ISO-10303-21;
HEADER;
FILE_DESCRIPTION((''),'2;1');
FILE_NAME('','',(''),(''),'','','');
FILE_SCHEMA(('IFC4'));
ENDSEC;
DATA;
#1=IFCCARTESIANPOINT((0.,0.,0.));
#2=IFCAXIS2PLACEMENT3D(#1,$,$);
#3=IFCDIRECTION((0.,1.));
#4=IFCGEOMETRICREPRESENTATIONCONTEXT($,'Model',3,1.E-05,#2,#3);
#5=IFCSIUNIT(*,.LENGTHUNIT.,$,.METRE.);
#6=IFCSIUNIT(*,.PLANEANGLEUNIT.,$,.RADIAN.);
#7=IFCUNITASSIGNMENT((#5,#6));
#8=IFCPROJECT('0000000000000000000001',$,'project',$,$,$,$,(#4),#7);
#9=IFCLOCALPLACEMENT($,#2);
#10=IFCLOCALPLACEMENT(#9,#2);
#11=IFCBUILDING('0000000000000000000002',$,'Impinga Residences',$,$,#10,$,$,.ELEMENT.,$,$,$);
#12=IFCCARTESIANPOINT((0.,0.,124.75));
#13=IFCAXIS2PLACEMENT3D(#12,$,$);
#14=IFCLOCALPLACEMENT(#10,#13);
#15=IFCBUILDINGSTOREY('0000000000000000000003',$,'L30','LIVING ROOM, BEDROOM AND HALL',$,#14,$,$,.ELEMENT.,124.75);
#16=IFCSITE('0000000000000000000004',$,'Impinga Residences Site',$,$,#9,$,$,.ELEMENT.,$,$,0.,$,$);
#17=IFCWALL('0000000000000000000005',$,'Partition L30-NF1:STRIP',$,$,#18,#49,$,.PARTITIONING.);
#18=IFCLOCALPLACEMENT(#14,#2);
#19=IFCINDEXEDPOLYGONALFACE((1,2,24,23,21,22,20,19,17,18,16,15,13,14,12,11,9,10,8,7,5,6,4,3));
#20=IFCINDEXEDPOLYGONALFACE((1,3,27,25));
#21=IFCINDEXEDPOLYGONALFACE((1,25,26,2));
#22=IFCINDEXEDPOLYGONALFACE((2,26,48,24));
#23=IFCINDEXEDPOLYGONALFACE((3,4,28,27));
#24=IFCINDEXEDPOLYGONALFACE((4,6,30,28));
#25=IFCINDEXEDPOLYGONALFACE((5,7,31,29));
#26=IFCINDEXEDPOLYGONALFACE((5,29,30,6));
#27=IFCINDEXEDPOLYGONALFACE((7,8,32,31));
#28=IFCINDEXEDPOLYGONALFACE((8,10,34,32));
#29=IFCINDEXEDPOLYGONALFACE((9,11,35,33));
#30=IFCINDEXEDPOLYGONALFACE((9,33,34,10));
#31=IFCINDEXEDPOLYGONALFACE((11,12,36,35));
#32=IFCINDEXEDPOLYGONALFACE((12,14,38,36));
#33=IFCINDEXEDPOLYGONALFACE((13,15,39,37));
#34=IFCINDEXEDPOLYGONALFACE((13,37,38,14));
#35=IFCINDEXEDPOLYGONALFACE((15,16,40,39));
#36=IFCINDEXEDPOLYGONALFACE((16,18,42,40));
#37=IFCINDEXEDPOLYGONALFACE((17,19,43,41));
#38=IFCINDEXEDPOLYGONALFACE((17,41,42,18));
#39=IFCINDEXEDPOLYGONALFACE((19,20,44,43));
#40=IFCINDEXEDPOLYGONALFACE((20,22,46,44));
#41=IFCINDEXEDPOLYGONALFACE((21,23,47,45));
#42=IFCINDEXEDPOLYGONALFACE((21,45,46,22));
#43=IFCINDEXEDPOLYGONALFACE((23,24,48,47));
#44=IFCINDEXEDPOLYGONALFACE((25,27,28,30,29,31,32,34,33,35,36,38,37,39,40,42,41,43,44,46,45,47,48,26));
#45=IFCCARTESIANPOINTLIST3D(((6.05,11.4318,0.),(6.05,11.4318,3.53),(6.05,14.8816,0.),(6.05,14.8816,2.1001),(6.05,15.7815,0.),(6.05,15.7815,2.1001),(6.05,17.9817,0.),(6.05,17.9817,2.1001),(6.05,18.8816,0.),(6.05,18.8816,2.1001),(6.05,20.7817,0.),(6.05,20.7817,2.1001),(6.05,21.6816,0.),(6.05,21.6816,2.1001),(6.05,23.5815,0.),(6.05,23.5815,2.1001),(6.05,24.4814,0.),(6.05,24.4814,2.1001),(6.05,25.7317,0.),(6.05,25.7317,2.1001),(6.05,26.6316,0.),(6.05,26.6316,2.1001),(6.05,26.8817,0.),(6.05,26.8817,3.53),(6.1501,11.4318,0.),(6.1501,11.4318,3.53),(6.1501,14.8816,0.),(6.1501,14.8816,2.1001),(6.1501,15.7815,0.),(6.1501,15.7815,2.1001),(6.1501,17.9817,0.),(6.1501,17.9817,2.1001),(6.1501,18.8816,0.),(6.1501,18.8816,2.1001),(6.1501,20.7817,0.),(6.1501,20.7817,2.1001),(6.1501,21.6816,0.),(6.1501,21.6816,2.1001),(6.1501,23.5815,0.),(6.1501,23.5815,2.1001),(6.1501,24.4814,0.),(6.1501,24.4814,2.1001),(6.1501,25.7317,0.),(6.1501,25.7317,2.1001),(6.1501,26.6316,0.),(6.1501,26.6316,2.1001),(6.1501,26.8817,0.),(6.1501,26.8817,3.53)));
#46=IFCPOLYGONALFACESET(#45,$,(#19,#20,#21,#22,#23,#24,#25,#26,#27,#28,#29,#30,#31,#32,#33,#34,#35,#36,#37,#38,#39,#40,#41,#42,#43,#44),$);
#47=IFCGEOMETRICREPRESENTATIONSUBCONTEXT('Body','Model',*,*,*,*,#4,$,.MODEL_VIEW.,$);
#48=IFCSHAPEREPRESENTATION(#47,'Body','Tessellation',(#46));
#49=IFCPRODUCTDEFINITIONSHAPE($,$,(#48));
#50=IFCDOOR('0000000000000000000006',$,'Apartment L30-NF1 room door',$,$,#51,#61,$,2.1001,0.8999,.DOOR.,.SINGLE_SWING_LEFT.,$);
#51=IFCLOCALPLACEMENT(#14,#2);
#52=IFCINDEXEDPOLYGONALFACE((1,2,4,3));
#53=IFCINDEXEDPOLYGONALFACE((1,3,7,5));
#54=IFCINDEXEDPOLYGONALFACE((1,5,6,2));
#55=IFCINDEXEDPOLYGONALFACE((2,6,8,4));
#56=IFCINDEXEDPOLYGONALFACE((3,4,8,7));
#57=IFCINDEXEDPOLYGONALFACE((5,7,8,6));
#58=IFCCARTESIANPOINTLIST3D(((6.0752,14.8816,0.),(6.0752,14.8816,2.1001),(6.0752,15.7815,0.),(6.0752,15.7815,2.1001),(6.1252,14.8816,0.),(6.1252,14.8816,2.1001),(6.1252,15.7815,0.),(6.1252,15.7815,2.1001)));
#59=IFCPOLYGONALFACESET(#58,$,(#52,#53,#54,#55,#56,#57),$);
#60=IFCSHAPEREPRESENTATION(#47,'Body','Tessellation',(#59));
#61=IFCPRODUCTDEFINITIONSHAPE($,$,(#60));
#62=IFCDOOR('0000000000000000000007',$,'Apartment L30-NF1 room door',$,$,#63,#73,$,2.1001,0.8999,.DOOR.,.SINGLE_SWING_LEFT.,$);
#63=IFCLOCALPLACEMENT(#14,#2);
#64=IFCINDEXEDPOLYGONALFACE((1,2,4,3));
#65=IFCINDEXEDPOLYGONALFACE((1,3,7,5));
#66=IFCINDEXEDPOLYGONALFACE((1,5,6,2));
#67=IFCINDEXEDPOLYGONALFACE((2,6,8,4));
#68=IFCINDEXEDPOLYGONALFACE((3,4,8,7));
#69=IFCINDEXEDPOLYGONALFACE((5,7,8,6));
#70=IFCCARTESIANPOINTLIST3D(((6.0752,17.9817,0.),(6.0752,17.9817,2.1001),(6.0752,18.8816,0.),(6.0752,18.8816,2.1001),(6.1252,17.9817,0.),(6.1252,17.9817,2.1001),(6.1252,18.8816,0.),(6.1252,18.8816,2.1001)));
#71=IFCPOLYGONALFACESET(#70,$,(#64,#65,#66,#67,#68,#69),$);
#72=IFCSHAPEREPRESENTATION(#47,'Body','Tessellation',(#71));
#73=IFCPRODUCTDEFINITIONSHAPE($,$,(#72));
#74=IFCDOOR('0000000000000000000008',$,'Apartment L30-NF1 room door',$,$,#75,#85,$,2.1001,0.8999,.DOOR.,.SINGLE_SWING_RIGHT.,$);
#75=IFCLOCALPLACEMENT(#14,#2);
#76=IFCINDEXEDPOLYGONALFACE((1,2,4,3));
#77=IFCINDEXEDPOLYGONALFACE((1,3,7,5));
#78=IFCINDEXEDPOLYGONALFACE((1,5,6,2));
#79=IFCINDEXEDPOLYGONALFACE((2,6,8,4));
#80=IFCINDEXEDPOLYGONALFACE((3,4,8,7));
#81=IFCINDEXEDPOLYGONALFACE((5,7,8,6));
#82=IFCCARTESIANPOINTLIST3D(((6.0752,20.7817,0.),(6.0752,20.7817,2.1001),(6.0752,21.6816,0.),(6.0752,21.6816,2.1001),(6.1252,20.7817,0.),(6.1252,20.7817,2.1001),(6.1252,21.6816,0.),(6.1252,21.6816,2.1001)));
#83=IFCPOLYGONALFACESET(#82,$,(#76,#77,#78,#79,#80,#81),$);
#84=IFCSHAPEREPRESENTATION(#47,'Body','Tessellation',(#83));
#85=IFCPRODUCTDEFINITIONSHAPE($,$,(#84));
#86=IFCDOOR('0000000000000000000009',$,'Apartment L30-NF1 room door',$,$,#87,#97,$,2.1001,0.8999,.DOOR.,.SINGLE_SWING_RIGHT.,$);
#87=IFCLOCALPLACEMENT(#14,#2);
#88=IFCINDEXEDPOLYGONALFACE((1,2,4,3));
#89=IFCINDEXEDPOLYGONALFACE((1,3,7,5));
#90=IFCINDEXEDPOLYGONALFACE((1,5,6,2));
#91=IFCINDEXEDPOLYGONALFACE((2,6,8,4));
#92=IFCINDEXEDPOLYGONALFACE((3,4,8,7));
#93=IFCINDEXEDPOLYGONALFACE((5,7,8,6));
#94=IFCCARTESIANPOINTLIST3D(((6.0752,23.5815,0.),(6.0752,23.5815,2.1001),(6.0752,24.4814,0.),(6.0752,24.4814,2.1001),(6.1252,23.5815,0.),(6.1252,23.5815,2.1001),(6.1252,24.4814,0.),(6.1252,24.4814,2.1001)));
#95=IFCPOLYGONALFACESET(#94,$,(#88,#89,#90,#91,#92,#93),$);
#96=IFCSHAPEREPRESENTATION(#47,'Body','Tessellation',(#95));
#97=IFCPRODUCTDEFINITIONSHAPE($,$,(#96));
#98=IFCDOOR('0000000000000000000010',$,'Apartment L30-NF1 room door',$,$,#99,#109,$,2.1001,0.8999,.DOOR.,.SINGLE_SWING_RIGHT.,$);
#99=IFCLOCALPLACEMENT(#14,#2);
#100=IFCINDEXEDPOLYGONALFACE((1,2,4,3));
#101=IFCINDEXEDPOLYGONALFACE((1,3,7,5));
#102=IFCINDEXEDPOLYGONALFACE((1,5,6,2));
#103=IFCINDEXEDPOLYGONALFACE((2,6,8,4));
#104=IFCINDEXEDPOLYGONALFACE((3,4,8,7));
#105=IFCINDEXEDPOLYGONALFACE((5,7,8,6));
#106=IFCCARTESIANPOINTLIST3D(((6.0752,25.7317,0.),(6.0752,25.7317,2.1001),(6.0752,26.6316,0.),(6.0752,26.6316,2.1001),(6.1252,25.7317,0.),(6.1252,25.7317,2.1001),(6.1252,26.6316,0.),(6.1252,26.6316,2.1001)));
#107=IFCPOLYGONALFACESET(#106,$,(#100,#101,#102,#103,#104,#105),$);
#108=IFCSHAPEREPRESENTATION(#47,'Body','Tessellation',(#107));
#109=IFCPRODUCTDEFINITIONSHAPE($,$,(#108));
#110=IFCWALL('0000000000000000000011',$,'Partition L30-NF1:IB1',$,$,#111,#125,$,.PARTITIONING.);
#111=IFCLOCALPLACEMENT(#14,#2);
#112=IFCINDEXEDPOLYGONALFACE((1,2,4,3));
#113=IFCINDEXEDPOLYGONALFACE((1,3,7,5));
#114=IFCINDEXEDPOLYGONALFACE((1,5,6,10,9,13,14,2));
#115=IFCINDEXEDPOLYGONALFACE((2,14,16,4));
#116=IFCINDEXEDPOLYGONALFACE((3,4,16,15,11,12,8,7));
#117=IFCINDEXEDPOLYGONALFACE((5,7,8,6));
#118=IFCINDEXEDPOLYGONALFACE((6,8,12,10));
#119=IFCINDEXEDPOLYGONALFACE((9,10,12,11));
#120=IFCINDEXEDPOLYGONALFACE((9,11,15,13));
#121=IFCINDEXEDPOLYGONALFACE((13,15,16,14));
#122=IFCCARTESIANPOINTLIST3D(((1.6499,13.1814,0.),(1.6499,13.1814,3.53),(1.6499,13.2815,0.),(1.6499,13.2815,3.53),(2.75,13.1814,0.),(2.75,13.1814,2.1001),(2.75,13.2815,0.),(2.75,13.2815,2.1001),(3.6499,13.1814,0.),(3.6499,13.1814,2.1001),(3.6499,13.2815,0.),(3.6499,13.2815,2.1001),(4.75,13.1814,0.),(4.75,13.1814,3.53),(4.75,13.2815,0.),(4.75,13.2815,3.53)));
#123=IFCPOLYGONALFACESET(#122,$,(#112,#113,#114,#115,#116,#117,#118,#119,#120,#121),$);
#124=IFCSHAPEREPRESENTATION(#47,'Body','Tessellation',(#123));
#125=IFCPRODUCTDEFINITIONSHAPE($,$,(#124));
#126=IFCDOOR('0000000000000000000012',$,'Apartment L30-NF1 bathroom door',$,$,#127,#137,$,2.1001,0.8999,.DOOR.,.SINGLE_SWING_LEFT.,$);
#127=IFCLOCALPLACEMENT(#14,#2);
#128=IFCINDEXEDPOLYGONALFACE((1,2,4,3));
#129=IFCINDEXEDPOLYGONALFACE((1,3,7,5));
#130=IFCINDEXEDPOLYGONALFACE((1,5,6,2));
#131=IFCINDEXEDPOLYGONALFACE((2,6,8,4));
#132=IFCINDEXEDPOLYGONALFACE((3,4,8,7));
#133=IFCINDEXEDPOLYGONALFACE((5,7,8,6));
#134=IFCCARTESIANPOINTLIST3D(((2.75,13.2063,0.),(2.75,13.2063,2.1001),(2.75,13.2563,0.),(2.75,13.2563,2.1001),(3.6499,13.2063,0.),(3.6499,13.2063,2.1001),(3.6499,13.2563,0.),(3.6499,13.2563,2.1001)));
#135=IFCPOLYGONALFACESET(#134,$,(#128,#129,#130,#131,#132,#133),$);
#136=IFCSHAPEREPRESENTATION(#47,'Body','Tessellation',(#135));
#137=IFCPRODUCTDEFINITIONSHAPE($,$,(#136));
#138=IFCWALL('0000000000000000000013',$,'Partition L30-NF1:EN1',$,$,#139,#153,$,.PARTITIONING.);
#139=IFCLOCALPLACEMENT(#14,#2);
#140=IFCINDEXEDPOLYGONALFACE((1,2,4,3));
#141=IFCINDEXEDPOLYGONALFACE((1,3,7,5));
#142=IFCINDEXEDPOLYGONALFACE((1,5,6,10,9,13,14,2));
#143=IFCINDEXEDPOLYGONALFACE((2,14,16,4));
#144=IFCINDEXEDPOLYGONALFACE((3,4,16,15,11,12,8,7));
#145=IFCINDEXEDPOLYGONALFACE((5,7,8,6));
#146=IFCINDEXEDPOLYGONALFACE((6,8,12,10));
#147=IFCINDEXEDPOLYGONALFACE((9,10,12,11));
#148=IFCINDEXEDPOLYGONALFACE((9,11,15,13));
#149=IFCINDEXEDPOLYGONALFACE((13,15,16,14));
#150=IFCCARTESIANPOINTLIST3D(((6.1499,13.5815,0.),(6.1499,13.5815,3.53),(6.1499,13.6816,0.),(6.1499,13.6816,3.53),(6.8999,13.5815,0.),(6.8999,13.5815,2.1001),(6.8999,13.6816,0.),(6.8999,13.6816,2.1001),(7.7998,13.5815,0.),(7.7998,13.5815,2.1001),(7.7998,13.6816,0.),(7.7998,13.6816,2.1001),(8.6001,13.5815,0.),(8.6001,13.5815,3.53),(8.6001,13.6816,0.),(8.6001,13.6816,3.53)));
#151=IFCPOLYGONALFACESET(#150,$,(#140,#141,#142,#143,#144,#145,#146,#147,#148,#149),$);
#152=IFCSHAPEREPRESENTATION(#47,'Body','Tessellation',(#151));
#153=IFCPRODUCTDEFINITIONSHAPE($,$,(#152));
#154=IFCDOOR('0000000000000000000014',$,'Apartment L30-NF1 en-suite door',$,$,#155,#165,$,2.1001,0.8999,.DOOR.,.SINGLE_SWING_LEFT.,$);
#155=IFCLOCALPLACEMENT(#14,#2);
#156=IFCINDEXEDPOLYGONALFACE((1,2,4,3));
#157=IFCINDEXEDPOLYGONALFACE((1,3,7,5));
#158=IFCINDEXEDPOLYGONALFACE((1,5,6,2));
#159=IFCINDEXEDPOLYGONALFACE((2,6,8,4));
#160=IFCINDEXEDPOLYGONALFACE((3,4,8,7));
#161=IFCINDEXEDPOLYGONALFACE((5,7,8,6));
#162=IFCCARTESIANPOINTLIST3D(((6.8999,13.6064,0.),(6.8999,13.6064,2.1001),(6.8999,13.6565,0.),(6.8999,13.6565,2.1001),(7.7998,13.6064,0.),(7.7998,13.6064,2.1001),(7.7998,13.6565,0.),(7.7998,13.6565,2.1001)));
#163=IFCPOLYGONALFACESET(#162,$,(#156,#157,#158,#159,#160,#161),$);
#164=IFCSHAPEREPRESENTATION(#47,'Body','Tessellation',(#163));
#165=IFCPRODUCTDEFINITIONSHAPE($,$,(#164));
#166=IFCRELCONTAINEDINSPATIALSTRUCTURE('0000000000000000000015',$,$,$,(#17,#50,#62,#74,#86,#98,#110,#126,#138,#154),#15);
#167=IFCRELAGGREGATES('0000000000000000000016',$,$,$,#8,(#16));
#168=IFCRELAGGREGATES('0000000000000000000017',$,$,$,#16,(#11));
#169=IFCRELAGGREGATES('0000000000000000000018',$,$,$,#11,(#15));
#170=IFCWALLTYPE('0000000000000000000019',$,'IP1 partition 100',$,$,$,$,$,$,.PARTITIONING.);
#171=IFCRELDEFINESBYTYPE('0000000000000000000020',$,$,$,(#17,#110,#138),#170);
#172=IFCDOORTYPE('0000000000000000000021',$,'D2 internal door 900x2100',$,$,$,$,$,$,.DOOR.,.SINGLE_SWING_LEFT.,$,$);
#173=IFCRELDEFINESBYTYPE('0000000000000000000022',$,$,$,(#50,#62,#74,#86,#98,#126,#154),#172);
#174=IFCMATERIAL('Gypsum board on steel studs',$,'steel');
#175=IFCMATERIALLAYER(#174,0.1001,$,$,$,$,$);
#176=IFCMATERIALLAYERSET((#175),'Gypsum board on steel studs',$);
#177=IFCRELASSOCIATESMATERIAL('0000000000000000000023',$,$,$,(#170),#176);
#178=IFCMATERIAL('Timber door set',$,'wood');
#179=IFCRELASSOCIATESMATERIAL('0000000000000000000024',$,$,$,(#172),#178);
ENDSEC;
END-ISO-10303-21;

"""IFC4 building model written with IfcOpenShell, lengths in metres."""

from ifc_helpers import new_model, si_unit, direction, frame, frame_2d, origin, place, context, subcontext, project, spatial, rectangle, extrude, material, layer, layer_set, type_object, element, fill, save


model = new_model("IFC4")

# Units and contexts
model_context = context("Model", 3, precision=1e-05, world=origin(), true_north=direction((0.0, 1.0)))
body_context = subcontext(model_context, "Body", "Model", "MODEL_VIEW")
ifc_project = project(units=[si_unit("LENGTHUNIT", "METRE"), si_unit("PLANEANGLEUNIT", "RADIAN")], contexts=[model_context])

# Site, building, storey
site_placement = place(None, origin())
site = spatial("IfcSite", under=ifc_project, at=site_placement, Name="Impinga Residences Site", CompositionType="ELEMENT", RefElevation=0.0)
building_placement = place(site_placement, origin())
building = spatial("IfcBuilding", under=site, at=building_placement, Name="Impinga Residences", CompositionType="ELEMENT")
storey_placement = place(building_placement, frame((0.0, 0.0, 124.75)))
storey = spatial("IfcBuildingStorey", under=building, at=storey_placement, Name="L30", Description="LIVING ROOM, BEDROOM AND HALL", CompositionType="ELEMENT", Elevation=124.75)

# Shared definitions
ifc_material_1 = material(Name="Timber door set", Category="wood")

# Shared definitions
ifc_material_2 = material(Name="Gypsum board on steel studs", Category="steel")
ifc_layer_1 = layer(ifc_material_2, 0.1001)
ifc_layer_set_1 = layer_set([ifc_layer_1], Name="Gypsum board on steel studs")
wall_type_1 = type_object("IfcWallType", Name="IP1 partition 100", PredefinedType="PARTITIONING", material=ifc_layer_set_1)

# Wall, openings, doors
wall_1_placement = place(storey_placement, frame((6.1001, 11.4316, 0.0), z_axis=(0.0, 0.0, 1.0), x_axis=(0.0, 1.0, 0.0)))
wall_1 = element("IfcWall", 1, at=wall_1_placement, inside=storey, type_object=wall_type_1, Name="Partition L30-NF1:STRIP", PredefinedType="PARTITIONING", context=body_context, shape_type="SweptSolid", body=[
    extrude(rectangle(XDim=15.45, YDim=0.1001, at=frame_2d((7.7251, 0.0))), origin(), (0.0, 0.0, 1.0), 3.53),
])
opening_1_placement = place(wall_1_placement, frame((3.45, 0.0, 0.0)))
opening_1 = element("IfcOpeningElement", 2, at=opening_1_placement, cuts=wall_1, PredefinedType="OPENING", context=body_context, shape_type="SweptSolid", body=[
    extrude(rectangle(XDim=0.8999, YDim=2.1001, at=frame_2d((0.45, 1.05))), frame((0.0, 0.0601, 0.0), z_axis=(0.0, -1.0, 0.0), x_axis=(1.0, 0.0, 0.0)), (0.0, 0.0, 1.0), 0.1201),
])
opening_2_placement = place(wall_1_placement, frame((6.55, 0.0, 0.0)))
opening_2 = element("IfcOpeningElement", 3, at=opening_2_placement, cuts=wall_1, PredefinedType="OPENING", context=body_context, shape_type="SweptSolid", body=[
    extrude(rectangle(XDim=0.8999, YDim=2.1001, at=frame_2d((0.45, 1.05))), frame((0.0, 0.0601, 0.0), z_axis=(0.0, -1.0, 0.0), x_axis=(1.0, 0.0, 0.0)), (0.0, 0.0, 1.0), 0.1201),
])
opening_3_placement = place(wall_1_placement, frame((9.3501, 0.0, 0.0)))
opening_3 = element("IfcOpeningElement", 4, at=opening_3_placement, cuts=wall_1, PredefinedType="OPENING", context=body_context, shape_type="SweptSolid", body=[
    extrude(rectangle(XDim=0.8999, YDim=2.1001, at=frame_2d((0.45, 1.05))), frame((0.0, 0.0601, 0.0), z_axis=(0.0, -1.0, 0.0), x_axis=(1.0, 0.0, 0.0)), (0.0, 0.0, 1.0), 0.1201),
])
opening_4_placement = place(wall_1_placement, frame((12.1499, 0.0, 0.0)))
opening_4 = element("IfcOpeningElement", 5, at=opening_4_placement, cuts=wall_1, PredefinedType="OPENING", context=body_context, shape_type="SweptSolid", body=[
    extrude(rectangle(XDim=0.8999, YDim=2.1001, at=frame_2d((0.45, 1.05))), frame((0.0, 0.0601, 0.0), z_axis=(0.0, -1.0, 0.0), x_axis=(1.0, 0.0, 0.0)), (0.0, 0.0, 1.0), 0.1201),
])
opening_5_placement = place(wall_1_placement, frame((14.3, 0.0, 0.0)))
opening_5 = element("IfcOpeningElement", 6, at=opening_5_placement, cuts=wall_1, PredefinedType="OPENING", context=body_context, shape_type="SweptSolid", body=[
    extrude(rectangle(XDim=0.8999, YDim=2.1001, at=frame_2d((0.45, 1.05))), frame((0.0, 0.0601, 0.0), z_axis=(0.0, -1.0, 0.0), x_axis=(1.0, 0.0, 0.0)), (0.0, 0.0, 1.0), 0.1201),
])
door_type_1 = type_object("IfcDoorType", Name="D2 internal door 900x2100", OperationType="SINGLE_SWING_LEFT", PredefinedType="DOOR", material=ifc_material_1)
door_1_placement = place(opening_1_placement, origin())
door_1 = element("IfcDoor", 7, at=door_1_placement, inside=storey, type_object=door_type_1, Name="Apartment L30-NF1 room door", OperationType="SINGLE_SWING_LEFT", OverallHeight=2.1001, OverallWidth=0.8999, PredefinedType="DOOR", context=body_context, shape_type="SweptSolid", body=[
    extrude(rectangle(XDim=0.8999, YDim=2.1001, at=frame_2d((0.45, 1.05))), frame((0.0, 0.0249, 0.0), z_axis=(0.0, -1.0, 0.0), x_axis=(1.0, 0.0, 0.0)), (0.0, 0.0, 1.0), 0.05),
])
fill(opening_1, door_1)
door_2_placement = place(opening_2_placement, origin())
door_2 = element("IfcDoor", 8, at=door_2_placement, inside=storey, type_object=door_type_1, Name="Apartment L30-NF1 room door", OperationType="SINGLE_SWING_LEFT", OverallHeight=2.1001, OverallWidth=0.8999, PredefinedType="DOOR", context=body_context, shape_type="SweptSolid", body=[
    extrude(rectangle(XDim=0.8999, YDim=2.1001, at=frame_2d((0.45, 1.05))), frame((0.0, 0.0249, 0.0), z_axis=(0.0, -1.0, 0.0), x_axis=(1.0, 0.0, 0.0)), (0.0, 0.0, 1.0), 0.05),
])
fill(opening_2, door_2)
door_3_placement = place(opening_3_placement, origin())
door_3 = element("IfcDoor", 9, at=door_3_placement, inside=storey, type_object=door_type_1, Name="Apartment L30-NF1 room door", OperationType="SINGLE_SWING_RIGHT", OverallHeight=2.1001, OverallWidth=0.8999, PredefinedType="DOOR", context=body_context, shape_type="SweptSolid", body=[
    extrude(rectangle(XDim=0.8999, YDim=2.1001, at=frame_2d((0.45, 1.05))), frame((0.0, 0.0249, 0.0), z_axis=(0.0, -1.0, 0.0), x_axis=(1.0, 0.0, 0.0)), (0.0, 0.0, 1.0), 0.05),
])
fill(opening_3, door_3)
door_4_placement = place(opening_4_placement, origin())
door_4 = element("IfcDoor", 10, at=door_4_placement, inside=storey, type_object=door_type_1, Name="Apartment L30-NF1 room door", OperationType="SINGLE_SWING_RIGHT", OverallHeight=2.1001, OverallWidth=0.8999, PredefinedType="DOOR", context=body_context, shape_type="SweptSolid", body=[
    extrude(rectangle(XDim=0.8999, YDim=2.1001, at=frame_2d((0.45, 1.05))), frame((0.0, 0.0249, 0.0), z_axis=(0.0, -1.0, 0.0), x_axis=(1.0, 0.0, 0.0)), (0.0, 0.0, 1.0), 0.05),
])
fill(opening_4, door_4)
door_5_placement = place(opening_5_placement, origin())
door_5 = element("IfcDoor", 11, at=door_5_placement, inside=storey, type_object=door_type_1, Name="Apartment L30-NF1 room door", OperationType="SINGLE_SWING_RIGHT", OverallHeight=2.1001, OverallWidth=0.8999, PredefinedType="DOOR", context=body_context, shape_type="SweptSolid", body=[
    extrude(rectangle(XDim=0.8999, YDim=2.1001, at=frame_2d((0.45, 1.05))), frame((0.0, 0.0249, 0.0), z_axis=(0.0, -1.0, 0.0), x_axis=(1.0, 0.0, 0.0)), (0.0, 0.0, 1.0), 0.05),
])
fill(opening_5, door_5)

# Walls, openings, doors
wall_2_placement = place(storey_placement, frame((1.6499, 13.2314, 0.0), z_axis=(0.0, 0.0, 1.0), x_axis=(1.0, 0.0, 0.0)))
wall_2 = element("IfcWall", 12, at=wall_2_placement, inside=storey, type_object=wall_type_1, Name="Partition L30-NF1:IB1", PredefinedType="PARTITIONING", context=body_context, shape_type="SweptSolid", body=[
    extrude(rectangle(XDim=3.1001, YDim=0.1001, at=frame_2d((1.55, 0.0))), origin(), (0.0, 0.0, 1.0), 3.53),
])
opening_6_placement = place(wall_2_placement, frame((1.1001, 0.0, 0.0)))
opening_6 = element("IfcOpeningElement", 13, at=opening_6_placement, cuts=wall_2, PredefinedType="OPENING", context=body_context, shape_type="SweptSolid", body=[
    extrude(rectangle(XDim=0.8999, YDim=2.1001, at=frame_2d((0.45, 1.05))), frame((0.0, 0.0601, 0.0), z_axis=(0.0, -1.0, 0.0), x_axis=(1.0, 0.0, 0.0)), (0.0, 0.0, 1.0), 0.1201),
])
door_6_placement = place(opening_6_placement, origin())
door_6 = element("IfcDoor", 14, at=door_6_placement, inside=storey, type_object=door_type_1, Name="Apartment L30-NF1 bathroom door", OperationType="SINGLE_SWING_LEFT", OverallHeight=2.1001, OverallWidth=0.8999, PredefinedType="DOOR", context=body_context, shape_type="SweptSolid", body=[
    extrude(rectangle(XDim=0.8999, YDim=2.1001, at=frame_2d((0.45, 1.05))), frame((0.0, 0.0249, 0.0), z_axis=(0.0, -1.0, 0.0), x_axis=(1.0, 0.0, 0.0)), (0.0, 0.0, 1.0), 0.05),
])
fill(opening_6, door_6)
wall_3_placement = place(storey_placement, frame((6.1499, 13.6316, 0.0), z_axis=(0.0, 0.0, 1.0), x_axis=(1.0, 0.0, 0.0)))
wall_3 = element("IfcWall", 15, at=wall_3_placement, inside=storey, type_object=wall_type_1, Name="Partition L30-NF1:EN1", PredefinedType="PARTITIONING", context=body_context, shape_type="SweptSolid", body=[
    extrude(rectangle(XDim=2.4502, YDim=0.1001, at=frame_2d((1.2251, 0.0))), origin(), (0.0, 0.0, 1.0), 3.53),
])
opening_7_placement = place(wall_3_placement, frame((0.75, 0.0, 0.0)))
opening_7 = element("IfcOpeningElement", 16, at=opening_7_placement, cuts=wall_3, PredefinedType="OPENING", context=body_context, shape_type="SweptSolid", body=[
    extrude(rectangle(XDim=0.8999, YDim=2.1001, at=frame_2d((0.45, 1.05))), frame((0.0, 0.0601, 0.0), z_axis=(0.0, -1.0, 0.0), x_axis=(1.0, 0.0, 0.0)), (0.0, 0.0, 1.0), 0.1201),
])
door_7_placement = place(opening_7_placement, origin())
door_7 = element("IfcDoor", 17, at=door_7_placement, inside=storey, type_object=door_type_1, Name="Apartment L30-NF1 en-suite door", OperationType="SINGLE_SWING_LEFT", OverallHeight=2.1001, OverallWidth=0.8999, PredefinedType="DOOR", context=body_context, shape_type="SweptSolid", body=[
    extrude(rectangle(XDim=0.8999, YDim=2.1001, at=frame_2d((0.45, 1.05))), frame((0.0, 0.0249, 0.0), z_axis=(0.0, -1.0, 0.0), x_axis=(1.0, 0.0, 0.0)), (0.0, 0.0, 1.0), 0.05),
])
fill(opening_7, door_7)

save(model, "model.ifc")
